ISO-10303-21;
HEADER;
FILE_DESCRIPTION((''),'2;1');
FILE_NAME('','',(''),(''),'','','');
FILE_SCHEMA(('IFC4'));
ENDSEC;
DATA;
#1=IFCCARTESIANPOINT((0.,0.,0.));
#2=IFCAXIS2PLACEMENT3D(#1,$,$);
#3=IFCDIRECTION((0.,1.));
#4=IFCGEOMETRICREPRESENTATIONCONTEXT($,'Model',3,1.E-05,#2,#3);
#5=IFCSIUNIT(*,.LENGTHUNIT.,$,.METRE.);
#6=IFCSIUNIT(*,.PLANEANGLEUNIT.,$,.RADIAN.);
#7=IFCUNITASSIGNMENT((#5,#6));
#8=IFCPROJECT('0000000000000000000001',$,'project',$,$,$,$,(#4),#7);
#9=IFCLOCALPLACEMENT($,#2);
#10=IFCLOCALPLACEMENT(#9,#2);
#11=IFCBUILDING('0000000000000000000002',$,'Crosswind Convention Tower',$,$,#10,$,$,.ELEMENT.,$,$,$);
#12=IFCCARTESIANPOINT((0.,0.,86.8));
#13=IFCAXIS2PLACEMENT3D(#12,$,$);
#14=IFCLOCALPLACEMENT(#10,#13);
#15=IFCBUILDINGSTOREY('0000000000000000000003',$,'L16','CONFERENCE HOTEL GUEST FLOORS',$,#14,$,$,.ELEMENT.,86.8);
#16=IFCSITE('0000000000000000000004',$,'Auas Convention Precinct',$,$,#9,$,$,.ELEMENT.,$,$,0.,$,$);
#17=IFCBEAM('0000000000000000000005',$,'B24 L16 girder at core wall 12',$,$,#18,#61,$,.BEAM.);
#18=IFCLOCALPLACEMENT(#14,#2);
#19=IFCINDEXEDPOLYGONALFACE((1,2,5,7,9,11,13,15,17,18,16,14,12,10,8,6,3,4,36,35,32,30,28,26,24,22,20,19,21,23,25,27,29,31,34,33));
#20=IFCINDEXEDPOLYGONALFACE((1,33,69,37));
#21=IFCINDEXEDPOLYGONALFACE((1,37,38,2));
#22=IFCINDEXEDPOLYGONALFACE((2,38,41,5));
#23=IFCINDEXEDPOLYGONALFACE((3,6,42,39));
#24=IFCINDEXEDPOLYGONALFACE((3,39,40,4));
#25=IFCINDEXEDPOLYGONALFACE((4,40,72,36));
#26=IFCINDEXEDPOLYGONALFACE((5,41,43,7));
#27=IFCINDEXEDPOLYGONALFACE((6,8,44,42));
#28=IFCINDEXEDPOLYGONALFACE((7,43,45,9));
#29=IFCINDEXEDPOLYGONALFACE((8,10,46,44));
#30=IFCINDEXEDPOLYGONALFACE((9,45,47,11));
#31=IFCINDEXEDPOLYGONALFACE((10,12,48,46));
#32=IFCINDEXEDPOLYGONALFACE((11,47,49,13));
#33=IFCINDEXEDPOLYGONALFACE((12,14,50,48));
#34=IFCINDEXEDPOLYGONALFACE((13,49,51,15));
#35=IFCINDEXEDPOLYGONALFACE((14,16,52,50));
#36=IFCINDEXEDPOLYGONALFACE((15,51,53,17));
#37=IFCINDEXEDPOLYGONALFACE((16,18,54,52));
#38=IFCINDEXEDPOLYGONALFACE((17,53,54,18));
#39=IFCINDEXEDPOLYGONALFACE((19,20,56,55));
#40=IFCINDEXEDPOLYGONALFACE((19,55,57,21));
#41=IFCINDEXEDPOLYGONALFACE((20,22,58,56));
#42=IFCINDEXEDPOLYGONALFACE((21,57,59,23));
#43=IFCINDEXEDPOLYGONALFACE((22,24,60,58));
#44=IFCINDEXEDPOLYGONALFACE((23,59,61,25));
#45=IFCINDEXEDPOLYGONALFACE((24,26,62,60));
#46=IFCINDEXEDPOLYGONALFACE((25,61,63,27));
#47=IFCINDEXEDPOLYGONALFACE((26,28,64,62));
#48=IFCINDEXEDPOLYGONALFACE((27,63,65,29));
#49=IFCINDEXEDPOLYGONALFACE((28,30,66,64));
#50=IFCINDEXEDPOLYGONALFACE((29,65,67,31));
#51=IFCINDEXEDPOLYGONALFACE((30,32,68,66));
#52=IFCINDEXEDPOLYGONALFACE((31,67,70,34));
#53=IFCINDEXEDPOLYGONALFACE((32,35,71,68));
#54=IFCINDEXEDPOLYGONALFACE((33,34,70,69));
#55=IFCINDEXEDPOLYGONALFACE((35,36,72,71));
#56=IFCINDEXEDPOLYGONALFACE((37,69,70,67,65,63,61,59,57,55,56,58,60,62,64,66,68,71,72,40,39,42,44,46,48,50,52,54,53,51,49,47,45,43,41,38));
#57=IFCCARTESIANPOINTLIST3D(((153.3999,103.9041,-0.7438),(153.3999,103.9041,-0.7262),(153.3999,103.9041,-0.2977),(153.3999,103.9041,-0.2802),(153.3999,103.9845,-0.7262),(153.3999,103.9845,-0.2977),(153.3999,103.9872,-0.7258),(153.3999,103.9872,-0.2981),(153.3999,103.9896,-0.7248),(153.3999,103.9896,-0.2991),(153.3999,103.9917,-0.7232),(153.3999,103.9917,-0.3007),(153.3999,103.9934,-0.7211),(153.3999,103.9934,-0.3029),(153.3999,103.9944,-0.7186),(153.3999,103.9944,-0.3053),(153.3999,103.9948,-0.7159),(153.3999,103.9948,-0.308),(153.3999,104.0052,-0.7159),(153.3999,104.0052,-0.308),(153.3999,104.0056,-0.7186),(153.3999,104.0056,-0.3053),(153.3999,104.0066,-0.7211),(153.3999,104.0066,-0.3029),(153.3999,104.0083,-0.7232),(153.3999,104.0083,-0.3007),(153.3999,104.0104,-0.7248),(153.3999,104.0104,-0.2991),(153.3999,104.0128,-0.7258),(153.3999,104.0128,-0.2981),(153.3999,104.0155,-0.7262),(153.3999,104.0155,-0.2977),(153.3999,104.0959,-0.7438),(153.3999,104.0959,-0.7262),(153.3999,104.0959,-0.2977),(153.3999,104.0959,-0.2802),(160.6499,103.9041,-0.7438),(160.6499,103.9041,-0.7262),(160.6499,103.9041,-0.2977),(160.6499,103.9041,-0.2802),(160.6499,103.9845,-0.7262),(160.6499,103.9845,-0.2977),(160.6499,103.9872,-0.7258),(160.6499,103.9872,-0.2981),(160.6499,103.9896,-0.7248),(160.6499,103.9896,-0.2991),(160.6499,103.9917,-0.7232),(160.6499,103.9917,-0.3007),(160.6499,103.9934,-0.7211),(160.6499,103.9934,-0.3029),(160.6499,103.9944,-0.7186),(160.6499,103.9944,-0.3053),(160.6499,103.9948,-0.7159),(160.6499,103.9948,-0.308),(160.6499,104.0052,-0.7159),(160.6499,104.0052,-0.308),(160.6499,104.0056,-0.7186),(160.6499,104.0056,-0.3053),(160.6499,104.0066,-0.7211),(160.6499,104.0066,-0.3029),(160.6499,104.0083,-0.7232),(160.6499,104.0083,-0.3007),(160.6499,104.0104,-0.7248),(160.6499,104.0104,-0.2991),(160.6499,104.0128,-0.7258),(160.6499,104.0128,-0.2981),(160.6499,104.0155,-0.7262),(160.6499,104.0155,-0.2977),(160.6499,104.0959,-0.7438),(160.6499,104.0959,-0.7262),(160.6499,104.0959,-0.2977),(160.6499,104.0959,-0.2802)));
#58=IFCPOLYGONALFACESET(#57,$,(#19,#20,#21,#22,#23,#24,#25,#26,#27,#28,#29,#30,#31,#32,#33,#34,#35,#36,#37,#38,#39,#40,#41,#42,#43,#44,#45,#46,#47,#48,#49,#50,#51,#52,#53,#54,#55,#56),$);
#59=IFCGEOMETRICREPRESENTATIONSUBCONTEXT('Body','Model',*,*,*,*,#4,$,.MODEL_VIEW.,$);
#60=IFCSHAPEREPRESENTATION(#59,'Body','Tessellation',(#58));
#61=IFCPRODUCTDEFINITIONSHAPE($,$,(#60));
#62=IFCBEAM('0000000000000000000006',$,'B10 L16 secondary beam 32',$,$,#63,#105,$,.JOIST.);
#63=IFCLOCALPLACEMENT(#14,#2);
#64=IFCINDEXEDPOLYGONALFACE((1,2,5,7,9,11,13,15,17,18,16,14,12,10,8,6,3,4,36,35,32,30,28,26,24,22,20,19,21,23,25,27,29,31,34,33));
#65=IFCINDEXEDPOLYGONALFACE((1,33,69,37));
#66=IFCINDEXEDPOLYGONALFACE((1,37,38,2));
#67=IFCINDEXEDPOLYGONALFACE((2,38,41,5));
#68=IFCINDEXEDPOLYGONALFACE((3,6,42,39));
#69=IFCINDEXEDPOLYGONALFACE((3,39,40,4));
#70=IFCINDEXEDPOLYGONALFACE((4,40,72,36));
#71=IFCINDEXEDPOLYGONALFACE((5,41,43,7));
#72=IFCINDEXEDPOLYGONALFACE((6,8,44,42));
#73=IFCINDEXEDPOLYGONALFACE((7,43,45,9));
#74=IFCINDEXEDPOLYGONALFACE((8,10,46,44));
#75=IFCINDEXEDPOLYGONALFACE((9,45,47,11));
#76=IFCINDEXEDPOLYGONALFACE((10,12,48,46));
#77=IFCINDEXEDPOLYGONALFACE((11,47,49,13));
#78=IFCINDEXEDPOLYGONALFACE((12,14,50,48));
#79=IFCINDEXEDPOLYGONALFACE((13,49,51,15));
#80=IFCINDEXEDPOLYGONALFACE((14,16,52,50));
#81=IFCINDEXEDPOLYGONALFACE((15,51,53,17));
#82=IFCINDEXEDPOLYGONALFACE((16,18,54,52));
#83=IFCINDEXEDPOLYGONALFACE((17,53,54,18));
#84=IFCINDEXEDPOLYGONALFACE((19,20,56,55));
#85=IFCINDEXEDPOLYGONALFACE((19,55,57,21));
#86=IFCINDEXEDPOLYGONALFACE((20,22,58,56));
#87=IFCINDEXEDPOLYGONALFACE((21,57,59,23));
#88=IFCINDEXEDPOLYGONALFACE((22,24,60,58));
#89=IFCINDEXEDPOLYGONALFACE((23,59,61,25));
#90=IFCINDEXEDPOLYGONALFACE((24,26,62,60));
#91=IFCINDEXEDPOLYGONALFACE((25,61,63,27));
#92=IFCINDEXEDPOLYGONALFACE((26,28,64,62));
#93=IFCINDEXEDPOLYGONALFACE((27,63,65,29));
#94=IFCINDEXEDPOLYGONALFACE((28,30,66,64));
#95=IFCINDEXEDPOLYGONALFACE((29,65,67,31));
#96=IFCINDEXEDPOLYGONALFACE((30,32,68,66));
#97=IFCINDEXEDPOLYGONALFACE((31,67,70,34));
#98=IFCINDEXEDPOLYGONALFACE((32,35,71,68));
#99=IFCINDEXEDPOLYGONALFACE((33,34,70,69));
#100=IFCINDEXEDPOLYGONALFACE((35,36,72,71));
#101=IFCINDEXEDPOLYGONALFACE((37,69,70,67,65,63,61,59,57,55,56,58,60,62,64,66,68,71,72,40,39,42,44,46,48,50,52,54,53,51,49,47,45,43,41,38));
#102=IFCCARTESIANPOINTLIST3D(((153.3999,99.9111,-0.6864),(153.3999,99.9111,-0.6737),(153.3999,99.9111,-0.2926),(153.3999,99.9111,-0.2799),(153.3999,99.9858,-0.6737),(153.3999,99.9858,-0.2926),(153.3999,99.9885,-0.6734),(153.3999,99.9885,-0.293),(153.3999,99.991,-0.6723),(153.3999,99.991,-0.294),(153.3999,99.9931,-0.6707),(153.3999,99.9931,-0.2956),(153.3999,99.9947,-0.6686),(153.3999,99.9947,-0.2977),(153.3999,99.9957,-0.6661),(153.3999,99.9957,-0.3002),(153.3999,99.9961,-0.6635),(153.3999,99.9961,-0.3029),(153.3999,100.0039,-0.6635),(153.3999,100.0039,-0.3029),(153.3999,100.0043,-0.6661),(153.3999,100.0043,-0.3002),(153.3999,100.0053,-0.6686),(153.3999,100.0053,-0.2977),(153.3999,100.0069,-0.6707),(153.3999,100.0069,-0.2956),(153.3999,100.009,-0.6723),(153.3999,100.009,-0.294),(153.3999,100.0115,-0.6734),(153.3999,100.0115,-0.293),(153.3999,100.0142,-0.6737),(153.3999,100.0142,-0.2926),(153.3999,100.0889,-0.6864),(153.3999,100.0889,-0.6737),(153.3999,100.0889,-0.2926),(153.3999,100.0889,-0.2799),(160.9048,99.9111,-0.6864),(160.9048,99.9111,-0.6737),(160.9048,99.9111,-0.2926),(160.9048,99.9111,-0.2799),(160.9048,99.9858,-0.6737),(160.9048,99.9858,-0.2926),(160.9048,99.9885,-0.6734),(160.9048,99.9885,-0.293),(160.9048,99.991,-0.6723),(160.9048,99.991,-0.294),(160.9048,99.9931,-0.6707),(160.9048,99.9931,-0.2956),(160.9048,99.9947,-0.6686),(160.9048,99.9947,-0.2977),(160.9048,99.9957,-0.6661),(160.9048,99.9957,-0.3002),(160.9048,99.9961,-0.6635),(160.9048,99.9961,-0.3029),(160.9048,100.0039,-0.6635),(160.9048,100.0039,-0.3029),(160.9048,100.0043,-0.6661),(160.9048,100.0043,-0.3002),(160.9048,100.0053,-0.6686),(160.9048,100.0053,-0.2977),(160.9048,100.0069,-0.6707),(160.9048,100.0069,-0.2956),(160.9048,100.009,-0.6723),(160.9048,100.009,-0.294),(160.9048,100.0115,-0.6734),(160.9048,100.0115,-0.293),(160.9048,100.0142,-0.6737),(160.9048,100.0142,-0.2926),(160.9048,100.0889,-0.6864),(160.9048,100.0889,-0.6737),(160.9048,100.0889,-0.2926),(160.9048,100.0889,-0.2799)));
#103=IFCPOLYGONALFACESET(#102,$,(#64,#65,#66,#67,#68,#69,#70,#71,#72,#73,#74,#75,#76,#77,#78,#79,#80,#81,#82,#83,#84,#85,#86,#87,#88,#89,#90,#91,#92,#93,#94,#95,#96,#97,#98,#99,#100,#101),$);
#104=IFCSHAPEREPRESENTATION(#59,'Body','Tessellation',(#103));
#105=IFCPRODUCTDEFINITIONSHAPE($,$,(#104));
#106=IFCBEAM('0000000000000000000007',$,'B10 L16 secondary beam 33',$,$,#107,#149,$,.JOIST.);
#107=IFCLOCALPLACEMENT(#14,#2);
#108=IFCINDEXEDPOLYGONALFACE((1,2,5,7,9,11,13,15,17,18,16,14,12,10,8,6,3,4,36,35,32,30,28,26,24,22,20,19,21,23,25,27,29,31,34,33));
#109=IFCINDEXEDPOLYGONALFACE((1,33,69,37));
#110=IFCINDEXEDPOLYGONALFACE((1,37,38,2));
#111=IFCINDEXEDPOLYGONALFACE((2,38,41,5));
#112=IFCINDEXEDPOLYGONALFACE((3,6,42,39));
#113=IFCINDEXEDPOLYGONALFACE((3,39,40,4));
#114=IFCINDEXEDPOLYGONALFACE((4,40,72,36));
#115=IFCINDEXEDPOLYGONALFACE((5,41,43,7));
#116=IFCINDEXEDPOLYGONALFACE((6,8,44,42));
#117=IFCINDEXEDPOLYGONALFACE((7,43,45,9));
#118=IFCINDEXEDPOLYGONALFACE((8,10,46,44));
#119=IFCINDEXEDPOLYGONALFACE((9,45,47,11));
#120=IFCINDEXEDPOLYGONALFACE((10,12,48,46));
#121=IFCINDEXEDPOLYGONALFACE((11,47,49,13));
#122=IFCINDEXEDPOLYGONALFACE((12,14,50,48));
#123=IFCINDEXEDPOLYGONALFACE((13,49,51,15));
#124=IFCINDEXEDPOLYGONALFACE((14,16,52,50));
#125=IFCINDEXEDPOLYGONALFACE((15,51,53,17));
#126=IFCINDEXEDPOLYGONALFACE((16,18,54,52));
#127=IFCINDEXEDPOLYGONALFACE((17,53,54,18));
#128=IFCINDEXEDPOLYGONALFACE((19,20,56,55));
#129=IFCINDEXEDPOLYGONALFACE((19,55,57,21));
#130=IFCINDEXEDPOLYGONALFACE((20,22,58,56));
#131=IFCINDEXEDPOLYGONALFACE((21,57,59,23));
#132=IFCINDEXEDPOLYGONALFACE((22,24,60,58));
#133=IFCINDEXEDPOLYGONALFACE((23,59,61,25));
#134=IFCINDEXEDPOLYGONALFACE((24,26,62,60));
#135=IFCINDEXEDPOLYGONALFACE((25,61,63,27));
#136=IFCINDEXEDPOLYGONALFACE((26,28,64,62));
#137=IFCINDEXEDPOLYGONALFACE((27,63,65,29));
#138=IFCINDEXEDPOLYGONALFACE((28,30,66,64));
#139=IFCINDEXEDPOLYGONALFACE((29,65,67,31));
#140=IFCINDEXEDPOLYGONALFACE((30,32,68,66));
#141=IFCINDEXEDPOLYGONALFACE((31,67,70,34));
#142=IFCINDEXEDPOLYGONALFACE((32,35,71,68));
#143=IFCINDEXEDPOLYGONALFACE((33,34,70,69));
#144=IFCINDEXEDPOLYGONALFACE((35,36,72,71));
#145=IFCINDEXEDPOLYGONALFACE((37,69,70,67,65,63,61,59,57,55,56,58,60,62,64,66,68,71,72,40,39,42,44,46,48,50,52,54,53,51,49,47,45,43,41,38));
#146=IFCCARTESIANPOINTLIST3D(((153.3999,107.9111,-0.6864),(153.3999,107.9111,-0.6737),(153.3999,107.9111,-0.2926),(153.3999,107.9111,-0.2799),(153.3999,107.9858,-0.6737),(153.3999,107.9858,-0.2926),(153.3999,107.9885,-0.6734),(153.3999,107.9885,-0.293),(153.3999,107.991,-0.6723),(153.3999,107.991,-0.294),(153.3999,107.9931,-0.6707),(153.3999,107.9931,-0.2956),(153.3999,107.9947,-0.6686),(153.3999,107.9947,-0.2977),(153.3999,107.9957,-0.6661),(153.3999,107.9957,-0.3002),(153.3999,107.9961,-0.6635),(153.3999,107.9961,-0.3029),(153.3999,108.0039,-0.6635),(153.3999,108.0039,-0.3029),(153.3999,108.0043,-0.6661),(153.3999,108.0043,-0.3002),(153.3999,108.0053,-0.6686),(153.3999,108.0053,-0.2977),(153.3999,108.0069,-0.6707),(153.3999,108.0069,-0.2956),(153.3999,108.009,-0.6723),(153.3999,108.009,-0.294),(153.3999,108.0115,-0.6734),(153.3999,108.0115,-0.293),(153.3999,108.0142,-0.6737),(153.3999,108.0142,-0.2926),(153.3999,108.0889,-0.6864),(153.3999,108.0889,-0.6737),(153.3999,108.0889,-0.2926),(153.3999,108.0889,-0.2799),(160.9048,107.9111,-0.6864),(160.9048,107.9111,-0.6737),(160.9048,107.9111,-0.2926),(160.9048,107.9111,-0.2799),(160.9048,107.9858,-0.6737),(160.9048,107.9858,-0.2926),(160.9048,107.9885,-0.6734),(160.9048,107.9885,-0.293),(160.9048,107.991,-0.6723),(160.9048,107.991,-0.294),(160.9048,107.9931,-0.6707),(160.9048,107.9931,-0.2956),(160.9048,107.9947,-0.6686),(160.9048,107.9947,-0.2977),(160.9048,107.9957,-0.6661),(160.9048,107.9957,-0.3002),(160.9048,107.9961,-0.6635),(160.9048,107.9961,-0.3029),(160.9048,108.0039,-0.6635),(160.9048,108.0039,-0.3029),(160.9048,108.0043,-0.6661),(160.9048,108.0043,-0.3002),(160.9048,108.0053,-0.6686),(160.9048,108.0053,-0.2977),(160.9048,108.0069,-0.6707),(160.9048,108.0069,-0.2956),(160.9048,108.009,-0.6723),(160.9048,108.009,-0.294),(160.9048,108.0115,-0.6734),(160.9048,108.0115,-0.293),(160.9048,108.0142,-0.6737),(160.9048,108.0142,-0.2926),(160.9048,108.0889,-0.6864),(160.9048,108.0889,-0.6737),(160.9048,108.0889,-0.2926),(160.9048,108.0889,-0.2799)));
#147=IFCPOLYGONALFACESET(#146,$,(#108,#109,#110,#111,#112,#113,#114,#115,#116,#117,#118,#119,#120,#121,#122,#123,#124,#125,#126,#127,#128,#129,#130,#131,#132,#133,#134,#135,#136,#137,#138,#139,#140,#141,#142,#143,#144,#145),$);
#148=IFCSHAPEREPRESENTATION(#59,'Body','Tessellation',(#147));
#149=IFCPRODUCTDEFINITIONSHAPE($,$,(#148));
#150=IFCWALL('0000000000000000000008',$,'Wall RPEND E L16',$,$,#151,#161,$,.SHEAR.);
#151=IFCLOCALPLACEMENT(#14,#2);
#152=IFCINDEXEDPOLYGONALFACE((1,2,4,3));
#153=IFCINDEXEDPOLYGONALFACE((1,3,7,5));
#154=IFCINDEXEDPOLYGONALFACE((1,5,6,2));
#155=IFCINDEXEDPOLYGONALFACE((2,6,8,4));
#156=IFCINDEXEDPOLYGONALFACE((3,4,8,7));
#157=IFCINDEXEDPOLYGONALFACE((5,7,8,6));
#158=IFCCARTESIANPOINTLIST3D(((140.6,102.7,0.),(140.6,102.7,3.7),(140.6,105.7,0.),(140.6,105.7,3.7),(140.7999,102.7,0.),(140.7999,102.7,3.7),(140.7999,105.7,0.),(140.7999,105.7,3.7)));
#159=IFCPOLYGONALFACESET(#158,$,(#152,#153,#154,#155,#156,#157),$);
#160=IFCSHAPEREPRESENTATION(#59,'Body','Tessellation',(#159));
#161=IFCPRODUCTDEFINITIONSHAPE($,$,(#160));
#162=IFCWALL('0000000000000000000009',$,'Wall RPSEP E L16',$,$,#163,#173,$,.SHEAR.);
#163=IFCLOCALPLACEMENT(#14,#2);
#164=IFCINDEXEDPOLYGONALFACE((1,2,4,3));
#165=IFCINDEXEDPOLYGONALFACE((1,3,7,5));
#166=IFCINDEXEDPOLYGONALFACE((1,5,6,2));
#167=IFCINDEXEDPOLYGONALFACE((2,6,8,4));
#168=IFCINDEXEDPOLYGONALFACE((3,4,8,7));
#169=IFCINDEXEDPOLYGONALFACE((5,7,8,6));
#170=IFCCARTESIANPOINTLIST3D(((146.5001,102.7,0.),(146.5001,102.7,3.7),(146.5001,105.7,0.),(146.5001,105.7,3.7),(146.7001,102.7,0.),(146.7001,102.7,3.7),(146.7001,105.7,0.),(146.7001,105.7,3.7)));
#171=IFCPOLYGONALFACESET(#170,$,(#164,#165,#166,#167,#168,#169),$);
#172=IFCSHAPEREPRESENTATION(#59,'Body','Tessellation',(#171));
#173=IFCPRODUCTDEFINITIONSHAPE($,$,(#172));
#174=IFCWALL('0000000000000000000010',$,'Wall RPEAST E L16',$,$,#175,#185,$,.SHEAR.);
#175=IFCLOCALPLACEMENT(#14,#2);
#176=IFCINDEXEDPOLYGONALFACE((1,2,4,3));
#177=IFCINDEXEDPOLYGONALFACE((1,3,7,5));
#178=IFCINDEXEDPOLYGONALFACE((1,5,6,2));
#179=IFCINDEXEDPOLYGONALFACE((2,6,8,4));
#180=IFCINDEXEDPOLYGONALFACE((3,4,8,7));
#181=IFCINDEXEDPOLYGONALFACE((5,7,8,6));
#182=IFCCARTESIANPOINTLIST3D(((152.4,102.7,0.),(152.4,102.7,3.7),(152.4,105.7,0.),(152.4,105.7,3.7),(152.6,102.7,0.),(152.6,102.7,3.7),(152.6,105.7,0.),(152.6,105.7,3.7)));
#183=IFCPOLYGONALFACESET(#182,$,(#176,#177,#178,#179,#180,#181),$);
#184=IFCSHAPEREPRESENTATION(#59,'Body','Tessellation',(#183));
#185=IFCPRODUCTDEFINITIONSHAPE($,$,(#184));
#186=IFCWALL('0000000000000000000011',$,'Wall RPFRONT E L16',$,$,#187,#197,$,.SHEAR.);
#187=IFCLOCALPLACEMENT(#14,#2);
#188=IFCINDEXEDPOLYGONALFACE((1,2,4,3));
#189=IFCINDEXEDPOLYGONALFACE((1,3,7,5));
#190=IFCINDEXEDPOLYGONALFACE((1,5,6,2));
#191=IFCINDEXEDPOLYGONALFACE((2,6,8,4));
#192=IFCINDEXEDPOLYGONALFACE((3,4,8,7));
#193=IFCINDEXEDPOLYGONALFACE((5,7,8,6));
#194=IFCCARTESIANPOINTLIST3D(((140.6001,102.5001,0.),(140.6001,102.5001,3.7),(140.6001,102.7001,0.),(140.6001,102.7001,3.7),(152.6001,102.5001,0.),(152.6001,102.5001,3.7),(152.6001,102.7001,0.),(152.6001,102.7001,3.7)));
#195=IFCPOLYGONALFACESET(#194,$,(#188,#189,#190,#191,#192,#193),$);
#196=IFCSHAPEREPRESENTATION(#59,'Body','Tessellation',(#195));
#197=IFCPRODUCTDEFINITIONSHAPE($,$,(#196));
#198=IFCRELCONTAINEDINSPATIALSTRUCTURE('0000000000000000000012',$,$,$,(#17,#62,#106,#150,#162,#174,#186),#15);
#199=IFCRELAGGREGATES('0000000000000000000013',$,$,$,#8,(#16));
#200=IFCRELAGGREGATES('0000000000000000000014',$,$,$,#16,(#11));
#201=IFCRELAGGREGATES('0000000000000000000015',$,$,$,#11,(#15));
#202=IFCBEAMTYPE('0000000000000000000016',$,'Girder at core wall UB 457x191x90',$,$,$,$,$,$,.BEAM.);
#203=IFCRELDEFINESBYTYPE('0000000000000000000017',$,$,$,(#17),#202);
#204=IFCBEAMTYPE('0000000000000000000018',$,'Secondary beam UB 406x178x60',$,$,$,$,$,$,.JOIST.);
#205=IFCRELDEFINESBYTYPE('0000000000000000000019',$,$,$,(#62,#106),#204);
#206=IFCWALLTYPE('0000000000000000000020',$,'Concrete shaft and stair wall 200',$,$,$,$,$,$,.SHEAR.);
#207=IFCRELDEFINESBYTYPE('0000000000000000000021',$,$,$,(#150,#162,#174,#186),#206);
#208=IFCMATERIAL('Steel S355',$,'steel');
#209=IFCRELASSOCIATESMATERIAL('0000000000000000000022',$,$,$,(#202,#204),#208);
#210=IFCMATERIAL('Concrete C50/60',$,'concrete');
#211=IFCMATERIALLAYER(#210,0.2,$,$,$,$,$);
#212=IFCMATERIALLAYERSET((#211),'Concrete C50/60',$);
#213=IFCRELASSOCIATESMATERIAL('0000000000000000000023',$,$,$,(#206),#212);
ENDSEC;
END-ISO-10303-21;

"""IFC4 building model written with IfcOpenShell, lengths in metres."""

from ifc_helpers import new_model, si_unit, direction, frame, frame_2d, origin, origin_2d, place, context, subcontext, project, spatial, rectangle, i_section, extrude, material, layer, layer_set, material_profile, profile_set, type_object, element, save


model = new_model("IFC4")

# Units and contexts
model_context = context("Model", 3, precision=1e-05, world=origin(), true_north=direction((0.0, 1.0)))
body_context = subcontext(model_context, "Body", "Model", "MODEL_VIEW")
ifc_project = project(units=[si_unit("LENGTHUNIT", "METRE"), si_unit("PLANEANGLEUNIT", "RADIAN")], contexts=[model_context])

# Site, building, storey
site_placement = place(None, origin())
site = spatial("IfcSite", under=ifc_project, at=site_placement, Name="Auas Convention Precinct", CompositionType="ELEMENT", RefElevation=0.0)
building_placement = place(site_placement, origin())
building = spatial("IfcBuilding", under=site, at=building_placement, Name="Crosswind Convention Tower", CompositionType="ELEMENT")
storey_placement = place(building_placement, frame((0.0, 0.0, 86.8)))
storey = spatial("IfcBuildingStorey", under=building, at=storey_placement, Name="L16", Description="CONFERENCE HOTEL GUEST FLOORS", CompositionType="ELEMENT", Elevation=86.8)

# Beams
ifc_material_1 = material(Name="Steel S355", Category="steel")
ifc_material_profile_1 = material_profile(ifc_material_1, i_section(OverallWidth=0.1919, OverallDepth=0.4636, WebThickness=0.0105, FlangeThickness=0.0176, FilletRadius=0.0103, at=origin_2d()), Name="UB 457x191x90")
ifc_profile_set_1 = profile_set([ifc_material_profile_1], Name="Steel S355")
beam_type_1 = type_object("IfcBeamType", Name="Girder at core wall UB 457x191x90", PredefinedType="BEAM", material=ifc_profile_set_1)
beam_placement = place(storey_placement, frame((153.3999, 104.0, -0.512), z_axis=(1.0, 0.0, 0.0), x_axis=(0.0, 1.0, 0.0)))
element("IfcBeam", 1, at=beam_placement, inside=storey, type_object=beam_type_1, Name="B24 L16 girder at core wall 12", PredefinedType="BEAM", context=body_context, shape_type="SweptSolid", body=[
    extrude(i_section(OverallWidth=0.1919, OverallDepth=0.4636, WebThickness=0.0105, FlangeThickness=0.0176, FilletRadius=0.0103, at=origin_2d()), origin(), (0.0, 0.0, 1.0), 7.25),
])
ifc_material_profile_2 = material_profile(ifc_material_1, i_section(OverallWidth=0.1777, OverallDepth=0.4065, WebThickness=0.0078, FlangeThickness=0.0127, FilletRadius=0.0103, at=origin_2d()), Name="UB 406x178x60")
ifc_profile_set_2 = profile_set([ifc_material_profile_2], Name="Steel S355")
beam_type_2 = type_object("IfcBeamType", Name="Secondary beam UB 406x178x60", PredefinedType="JOIST", material=ifc_profile_set_2)
for number, where, z_axis, x_axis, name in (
    (2, (153.3999, 100.0, -0.4832), (1.0, 0.0, 0.0), (0.0, 1.0, 0.0), "B10 L16 secondary beam 32"),
    (3, (153.3999, 108.0, -0.4832), (1.0, 0.0, 0.0), (0.0, 1.0, 0.0), "B10 L16 secondary beam 33"),
):
    element("IfcBeam", number, at=place(storey_placement, frame(where, z_axis=z_axis, x_axis=x_axis)), inside=storey, type_object=beam_type_2, Name=name, PredefinedType="JOIST", context=body_context, shape_type="SweptSolid", body=[
        extrude(i_section(OverallWidth=0.1777, OverallDepth=0.4065, WebThickness=0.0078, FlangeThickness=0.0127, FilletRadius=0.0103, at=origin_2d()), origin(), (0.0, 0.0, 1.0), 7.5049),
    ])

# Walls
ifc_material_2 = material(Name="Concrete C50/60", Category="concrete")
ifc_layer_1 = layer(ifc_material_2, 0.2)
ifc_layer_set_1 = layer_set([ifc_layer_1], Name="Concrete C50/60")
wall_type_1 = type_object("IfcWallType", Name="Concrete shaft and stair wall 200", PredefinedType="SHEAR", material=ifc_layer_set_1)
for number, where, z_axis, x_axis, name in (
    (4, (140.7, 102.7, 0.0), (0.0, 0.0, 1.0), (0.0, 1.0, 0.0), "Wall RPEND E L16"),
    (5, (146.6001, 102.7, 0.0), (0.0, 0.0, 1.0), (0.0, 1.0, 0.0), "Wall RPSEP E L16"),
    (6, (152.5, 102.7, 0.0), (0.0, 0.0, 1.0), (0.0, 1.0, 0.0), "Wall RPEAST E L16"),
):
    element("IfcWall", number, at=place(storey_placement, frame(where, z_axis=z_axis, x_axis=x_axis)), inside=storey, type_object=wall_type_1, Name=name, PredefinedType="SHEAR", context=body_context, shape_type="SweptSolid", body=[
        extrude(rectangle(XDim=3.0, YDim=0.2, at=frame_2d((1.5, 0.0))), origin(), (0.0, 0.0, 1.0), 3.7),
    ])
wall_1_placement = place(storey_placement, frame((140.6001, 102.6001, 0.0), z_axis=(0.0, 0.0, 1.0), x_axis=(1.0, 0.0, 0.0)))
element("IfcWall", 7, at=wall_1_placement, inside=storey, type_object=wall_type_1, Name="Wall RPFRONT E L16", PredefinedType="SHEAR", context=body_context, shape_type="SweptSolid", body=[
    extrude(rectangle(XDim=12.0, YDim=0.2, at=frame_2d((6.0, 0.0))), origin(), (0.0, 0.0, 1.0), 3.7),
])

save(model, "model.ifc")
